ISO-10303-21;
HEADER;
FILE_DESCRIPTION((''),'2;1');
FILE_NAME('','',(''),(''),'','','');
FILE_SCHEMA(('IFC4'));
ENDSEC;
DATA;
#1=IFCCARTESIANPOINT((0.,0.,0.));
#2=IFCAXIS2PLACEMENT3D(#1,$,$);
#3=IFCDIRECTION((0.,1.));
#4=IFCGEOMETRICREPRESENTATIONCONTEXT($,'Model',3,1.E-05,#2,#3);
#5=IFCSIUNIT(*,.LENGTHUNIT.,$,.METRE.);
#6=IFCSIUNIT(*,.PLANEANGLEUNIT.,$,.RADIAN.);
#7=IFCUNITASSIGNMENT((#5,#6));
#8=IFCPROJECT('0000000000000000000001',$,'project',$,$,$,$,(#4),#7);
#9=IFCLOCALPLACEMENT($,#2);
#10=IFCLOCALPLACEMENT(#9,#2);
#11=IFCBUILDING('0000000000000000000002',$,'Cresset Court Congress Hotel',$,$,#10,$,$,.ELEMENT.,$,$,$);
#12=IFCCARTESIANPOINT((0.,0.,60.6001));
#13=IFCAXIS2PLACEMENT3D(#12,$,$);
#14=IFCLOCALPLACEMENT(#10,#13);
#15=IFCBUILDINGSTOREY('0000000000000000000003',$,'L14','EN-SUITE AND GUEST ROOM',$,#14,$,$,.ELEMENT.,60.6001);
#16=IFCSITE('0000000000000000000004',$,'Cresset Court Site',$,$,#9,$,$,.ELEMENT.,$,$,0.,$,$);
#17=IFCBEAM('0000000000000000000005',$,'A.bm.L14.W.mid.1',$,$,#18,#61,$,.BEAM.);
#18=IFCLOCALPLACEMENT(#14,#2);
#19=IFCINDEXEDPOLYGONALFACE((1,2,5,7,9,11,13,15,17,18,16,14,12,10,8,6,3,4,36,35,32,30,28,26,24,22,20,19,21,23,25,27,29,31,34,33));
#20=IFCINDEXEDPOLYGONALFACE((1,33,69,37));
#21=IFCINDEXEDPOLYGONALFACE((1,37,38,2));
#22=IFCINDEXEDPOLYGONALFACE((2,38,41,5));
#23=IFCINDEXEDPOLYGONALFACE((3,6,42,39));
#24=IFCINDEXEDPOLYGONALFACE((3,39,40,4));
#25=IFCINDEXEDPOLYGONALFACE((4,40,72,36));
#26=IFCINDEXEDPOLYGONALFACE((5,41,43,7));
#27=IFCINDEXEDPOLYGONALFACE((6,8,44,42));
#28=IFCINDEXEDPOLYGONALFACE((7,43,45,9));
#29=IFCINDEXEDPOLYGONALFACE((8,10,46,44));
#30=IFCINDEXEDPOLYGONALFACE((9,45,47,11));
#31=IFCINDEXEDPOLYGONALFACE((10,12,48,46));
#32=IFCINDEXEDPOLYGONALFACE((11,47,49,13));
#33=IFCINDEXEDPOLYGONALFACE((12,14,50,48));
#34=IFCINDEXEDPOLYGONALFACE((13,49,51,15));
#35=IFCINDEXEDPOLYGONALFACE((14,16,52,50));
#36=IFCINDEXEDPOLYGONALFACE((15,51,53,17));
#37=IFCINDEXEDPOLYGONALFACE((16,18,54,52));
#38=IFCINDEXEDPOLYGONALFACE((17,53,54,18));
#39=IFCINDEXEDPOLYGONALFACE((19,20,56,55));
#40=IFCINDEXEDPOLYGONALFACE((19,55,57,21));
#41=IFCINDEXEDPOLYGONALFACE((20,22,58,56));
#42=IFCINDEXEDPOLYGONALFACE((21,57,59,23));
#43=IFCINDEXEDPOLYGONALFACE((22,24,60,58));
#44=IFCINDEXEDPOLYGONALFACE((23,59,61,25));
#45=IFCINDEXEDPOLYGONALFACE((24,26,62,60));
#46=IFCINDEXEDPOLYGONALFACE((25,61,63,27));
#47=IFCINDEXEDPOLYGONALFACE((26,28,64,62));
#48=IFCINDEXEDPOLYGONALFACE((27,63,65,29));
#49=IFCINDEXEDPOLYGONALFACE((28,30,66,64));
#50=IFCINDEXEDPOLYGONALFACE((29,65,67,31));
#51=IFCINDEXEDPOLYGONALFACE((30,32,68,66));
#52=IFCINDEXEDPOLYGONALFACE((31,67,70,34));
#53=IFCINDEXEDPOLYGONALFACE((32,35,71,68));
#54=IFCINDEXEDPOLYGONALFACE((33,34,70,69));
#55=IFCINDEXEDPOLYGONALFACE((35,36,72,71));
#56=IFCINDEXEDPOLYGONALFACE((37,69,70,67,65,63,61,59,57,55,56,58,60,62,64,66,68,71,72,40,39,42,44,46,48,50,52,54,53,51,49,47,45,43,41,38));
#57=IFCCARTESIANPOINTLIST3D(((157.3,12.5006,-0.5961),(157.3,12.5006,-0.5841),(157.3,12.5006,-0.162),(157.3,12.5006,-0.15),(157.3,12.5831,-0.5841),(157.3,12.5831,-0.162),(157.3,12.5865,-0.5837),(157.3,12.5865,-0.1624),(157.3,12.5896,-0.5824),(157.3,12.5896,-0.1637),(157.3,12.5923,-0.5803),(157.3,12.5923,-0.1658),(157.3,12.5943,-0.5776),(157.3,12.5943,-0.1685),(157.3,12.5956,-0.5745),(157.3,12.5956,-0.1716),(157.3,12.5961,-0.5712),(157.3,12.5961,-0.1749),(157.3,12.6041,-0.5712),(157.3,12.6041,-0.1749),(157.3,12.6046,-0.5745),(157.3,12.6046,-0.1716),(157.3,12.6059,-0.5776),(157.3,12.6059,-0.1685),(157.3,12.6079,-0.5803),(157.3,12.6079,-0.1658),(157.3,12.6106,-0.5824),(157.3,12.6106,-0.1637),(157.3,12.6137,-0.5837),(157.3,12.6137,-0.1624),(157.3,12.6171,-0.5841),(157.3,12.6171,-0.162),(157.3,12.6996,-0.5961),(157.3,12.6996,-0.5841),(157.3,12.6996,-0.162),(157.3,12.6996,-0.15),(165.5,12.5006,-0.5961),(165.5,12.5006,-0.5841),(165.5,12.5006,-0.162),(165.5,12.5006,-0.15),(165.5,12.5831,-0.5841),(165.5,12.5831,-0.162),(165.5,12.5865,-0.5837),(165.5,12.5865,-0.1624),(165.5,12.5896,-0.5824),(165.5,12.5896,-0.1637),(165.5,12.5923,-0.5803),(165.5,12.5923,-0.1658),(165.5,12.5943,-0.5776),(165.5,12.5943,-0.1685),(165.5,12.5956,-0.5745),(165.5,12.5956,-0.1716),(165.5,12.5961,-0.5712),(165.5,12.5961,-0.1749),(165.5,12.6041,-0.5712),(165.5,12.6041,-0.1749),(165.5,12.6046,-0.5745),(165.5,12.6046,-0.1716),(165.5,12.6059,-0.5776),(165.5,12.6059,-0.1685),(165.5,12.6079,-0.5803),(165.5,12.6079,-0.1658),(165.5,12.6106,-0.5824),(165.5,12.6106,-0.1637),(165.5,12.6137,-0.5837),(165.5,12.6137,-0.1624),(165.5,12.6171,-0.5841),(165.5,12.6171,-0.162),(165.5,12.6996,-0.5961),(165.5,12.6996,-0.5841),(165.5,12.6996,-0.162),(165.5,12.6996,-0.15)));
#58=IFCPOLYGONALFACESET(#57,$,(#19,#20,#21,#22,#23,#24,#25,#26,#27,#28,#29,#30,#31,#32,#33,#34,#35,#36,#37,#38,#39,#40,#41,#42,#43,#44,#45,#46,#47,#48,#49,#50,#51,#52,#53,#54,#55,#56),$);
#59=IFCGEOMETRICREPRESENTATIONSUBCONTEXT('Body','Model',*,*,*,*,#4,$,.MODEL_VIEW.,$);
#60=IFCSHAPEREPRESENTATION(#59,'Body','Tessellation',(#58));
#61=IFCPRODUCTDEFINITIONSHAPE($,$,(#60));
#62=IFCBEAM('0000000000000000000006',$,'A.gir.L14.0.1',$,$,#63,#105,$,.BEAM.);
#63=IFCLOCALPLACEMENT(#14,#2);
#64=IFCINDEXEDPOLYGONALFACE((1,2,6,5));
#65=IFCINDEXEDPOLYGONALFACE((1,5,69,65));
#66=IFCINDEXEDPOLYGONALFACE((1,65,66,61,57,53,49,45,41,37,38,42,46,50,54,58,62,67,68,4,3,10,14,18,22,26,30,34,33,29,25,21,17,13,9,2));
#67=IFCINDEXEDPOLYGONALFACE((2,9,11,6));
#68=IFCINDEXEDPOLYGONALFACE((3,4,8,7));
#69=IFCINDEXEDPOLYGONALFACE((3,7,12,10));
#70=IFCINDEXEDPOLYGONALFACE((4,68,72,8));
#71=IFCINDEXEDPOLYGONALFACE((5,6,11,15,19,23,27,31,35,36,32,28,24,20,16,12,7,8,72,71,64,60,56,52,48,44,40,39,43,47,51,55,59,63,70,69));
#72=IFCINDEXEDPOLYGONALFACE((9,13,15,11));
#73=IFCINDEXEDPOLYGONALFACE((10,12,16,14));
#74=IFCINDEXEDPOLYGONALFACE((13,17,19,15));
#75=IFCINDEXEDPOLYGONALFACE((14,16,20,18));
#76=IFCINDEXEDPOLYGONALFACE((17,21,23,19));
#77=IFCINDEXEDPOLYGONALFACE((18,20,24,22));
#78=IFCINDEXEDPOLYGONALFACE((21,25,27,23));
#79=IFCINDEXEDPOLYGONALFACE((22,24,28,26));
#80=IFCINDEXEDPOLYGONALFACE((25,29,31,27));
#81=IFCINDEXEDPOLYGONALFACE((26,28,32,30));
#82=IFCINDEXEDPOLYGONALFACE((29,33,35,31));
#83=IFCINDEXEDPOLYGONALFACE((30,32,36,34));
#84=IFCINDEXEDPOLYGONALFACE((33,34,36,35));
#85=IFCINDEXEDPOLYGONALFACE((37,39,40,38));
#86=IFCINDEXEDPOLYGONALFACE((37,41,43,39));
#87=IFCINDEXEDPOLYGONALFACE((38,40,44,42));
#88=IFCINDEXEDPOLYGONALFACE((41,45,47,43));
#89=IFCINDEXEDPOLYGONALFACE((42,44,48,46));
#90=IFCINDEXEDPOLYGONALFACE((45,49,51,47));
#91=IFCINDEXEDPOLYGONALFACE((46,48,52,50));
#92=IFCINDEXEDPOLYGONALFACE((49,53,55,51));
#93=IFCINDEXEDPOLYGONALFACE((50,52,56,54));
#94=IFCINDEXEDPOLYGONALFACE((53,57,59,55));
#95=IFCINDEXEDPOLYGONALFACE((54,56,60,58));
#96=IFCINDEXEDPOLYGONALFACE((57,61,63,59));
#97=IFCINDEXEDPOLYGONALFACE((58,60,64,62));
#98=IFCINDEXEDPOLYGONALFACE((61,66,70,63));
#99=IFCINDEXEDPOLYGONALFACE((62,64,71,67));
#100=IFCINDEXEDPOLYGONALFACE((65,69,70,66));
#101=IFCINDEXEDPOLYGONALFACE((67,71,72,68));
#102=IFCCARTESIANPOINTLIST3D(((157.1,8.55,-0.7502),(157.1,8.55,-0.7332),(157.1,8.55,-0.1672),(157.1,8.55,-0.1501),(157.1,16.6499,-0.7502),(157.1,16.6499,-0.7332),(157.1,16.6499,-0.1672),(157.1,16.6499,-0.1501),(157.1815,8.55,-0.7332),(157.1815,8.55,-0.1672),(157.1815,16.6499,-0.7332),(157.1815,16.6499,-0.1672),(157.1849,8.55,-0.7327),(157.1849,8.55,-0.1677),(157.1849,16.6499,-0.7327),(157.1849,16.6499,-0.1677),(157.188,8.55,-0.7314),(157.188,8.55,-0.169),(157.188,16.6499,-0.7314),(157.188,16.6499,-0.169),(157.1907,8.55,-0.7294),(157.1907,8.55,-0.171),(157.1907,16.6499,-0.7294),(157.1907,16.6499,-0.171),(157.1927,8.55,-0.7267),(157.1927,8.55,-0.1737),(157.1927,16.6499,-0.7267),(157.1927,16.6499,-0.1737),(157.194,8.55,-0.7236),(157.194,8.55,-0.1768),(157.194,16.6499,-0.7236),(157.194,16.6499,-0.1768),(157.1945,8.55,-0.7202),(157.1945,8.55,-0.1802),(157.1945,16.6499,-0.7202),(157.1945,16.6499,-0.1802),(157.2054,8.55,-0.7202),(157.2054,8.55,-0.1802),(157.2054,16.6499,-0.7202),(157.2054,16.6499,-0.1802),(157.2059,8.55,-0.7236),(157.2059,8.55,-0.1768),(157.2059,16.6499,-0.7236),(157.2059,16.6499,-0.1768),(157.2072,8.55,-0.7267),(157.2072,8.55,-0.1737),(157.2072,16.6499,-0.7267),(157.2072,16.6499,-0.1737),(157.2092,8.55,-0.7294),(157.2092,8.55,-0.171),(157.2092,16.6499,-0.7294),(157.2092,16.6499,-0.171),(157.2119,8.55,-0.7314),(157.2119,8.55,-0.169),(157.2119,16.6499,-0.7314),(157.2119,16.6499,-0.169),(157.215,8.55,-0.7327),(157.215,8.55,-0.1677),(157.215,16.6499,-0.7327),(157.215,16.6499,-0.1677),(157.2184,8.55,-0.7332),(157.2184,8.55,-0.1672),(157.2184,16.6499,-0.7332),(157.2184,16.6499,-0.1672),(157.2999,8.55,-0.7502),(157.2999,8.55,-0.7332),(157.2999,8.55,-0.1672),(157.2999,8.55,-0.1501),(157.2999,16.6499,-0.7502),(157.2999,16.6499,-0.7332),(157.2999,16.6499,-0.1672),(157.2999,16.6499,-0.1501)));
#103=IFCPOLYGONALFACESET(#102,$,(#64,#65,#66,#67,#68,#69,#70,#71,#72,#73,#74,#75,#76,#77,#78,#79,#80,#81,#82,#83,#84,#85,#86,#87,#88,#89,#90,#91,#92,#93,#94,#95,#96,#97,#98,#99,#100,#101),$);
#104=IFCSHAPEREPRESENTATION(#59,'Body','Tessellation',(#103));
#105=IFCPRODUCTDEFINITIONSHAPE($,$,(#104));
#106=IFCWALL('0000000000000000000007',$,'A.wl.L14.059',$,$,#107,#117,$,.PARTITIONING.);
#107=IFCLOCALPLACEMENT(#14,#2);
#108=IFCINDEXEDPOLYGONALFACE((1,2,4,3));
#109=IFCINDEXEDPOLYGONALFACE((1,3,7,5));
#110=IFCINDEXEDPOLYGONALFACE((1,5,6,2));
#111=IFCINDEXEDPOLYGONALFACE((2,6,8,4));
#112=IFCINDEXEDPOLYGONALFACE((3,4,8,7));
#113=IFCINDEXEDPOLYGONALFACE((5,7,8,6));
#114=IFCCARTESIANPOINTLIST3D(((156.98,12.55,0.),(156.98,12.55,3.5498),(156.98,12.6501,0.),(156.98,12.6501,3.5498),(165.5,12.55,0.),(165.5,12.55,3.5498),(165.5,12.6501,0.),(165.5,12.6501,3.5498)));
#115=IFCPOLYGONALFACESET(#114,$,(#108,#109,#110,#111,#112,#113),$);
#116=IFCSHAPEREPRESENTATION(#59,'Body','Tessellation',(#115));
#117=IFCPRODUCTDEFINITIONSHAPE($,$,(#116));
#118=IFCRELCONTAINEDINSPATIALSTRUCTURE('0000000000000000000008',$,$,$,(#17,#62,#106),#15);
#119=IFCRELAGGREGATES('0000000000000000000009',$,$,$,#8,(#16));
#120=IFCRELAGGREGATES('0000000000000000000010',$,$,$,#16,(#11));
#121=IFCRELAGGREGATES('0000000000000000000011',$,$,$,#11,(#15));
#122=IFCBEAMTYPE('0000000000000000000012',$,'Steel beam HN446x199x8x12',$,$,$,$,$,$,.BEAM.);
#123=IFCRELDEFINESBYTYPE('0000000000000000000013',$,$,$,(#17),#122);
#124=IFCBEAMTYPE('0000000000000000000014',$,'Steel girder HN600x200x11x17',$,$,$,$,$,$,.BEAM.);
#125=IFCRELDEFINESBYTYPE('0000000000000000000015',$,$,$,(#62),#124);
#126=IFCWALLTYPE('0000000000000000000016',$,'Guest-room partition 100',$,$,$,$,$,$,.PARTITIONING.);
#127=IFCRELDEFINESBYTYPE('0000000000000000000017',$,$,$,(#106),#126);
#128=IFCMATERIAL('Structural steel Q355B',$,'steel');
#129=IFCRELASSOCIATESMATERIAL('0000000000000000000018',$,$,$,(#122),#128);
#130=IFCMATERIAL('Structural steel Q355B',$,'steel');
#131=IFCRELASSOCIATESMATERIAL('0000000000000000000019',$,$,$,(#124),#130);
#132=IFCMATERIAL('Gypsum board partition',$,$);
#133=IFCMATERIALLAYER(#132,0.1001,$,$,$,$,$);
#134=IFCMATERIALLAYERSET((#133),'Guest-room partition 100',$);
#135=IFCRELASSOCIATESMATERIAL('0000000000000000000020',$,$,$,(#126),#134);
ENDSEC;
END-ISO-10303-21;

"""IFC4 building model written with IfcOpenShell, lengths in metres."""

from ifc_helpers import new_model, si_unit, direction, frame, frame_2d, origin, origin_2d, place, context, subcontext, project, spatial, rectangle, i_section, extrude, material, layer, layer_set, material_profile, profile_set, type_object, element, save


model = new_model("IFC4")

# Units and contexts
model_context = context("Model", 3, precision=1e-05, world=origin(), true_north=direction((0.0, 1.0)))
body_context = subcontext(model_context, "Body", "Model", "MODEL_VIEW")
ifc_project = project(units=[si_unit("LENGTHUNIT", "METRE"), si_unit("PLANEANGLEUNIT", "RADIAN")], contexts=[model_context])

# Site, building, storey
site_placement = place(None, origin())
site = spatial("IfcSite", under=ifc_project, at=site_placement, Name="Cresset Court Site", CompositionType="ELEMENT", RefElevation=0.0)
building_placement = place(site_placement, origin())
building = spatial("IfcBuilding", under=site, at=building_placement, Name="Cresset Court Congress Hotel", CompositionType="ELEMENT")
storey_placement = place(building_placement, frame((0.0, 0.0, 60.6001)))
storey = spatial("IfcBuildingStorey", under=building, at=storey_placement, Name="L14", Description="EN-SUITE AND GUEST ROOM", CompositionType="ELEMENT", Elevation=60.6001)

# Beams
ifc_material_1 = material(Name="Structural steel Q355B", Category="steel")
ifc_material_profile_1 = material_profile(ifc_material_1, i_section(OverallWidth=0.199, OverallDepth=0.446, WebThickness=0.0081, FlangeThickness=0.012, FilletRadius=0.0129, at=origin_2d()), Name="HN446x199x8x12")
ifc_profile_set_1 = profile_set([ifc_material_profile_1], Name="Structural steel Q355B")
beam_type_1 = type_object("IfcBeamType", Name="Steel beam HN446x199x8x12", PredefinedType="BEAM", material=ifc_profile_set_1)
beam_1_placement = place(storey_placement, frame((157.3, 12.6001, -0.373), z_axis=(1.0, 0.0, 0.0), x_axis=(0.0, 1.0, 0.0)))
element("IfcBeam", 1, at=beam_1_placement, inside=storey, type_object=beam_type_1, Name="A.bm.L14.W.mid.1", PredefinedType="BEAM", context=body_context, shape_type="SweptSolid", body=[
    extrude(i_section(OverallWidth=0.199, OverallDepth=0.446, WebThickness=0.0081, FlangeThickness=0.012, FilletRadius=0.0129, at=origin_2d()), origin(), (0.0, 0.0, 1.0), 8.2),
])
ifc_material_2 = material(Name="Structural steel Q355B", Category="steel")
ifc_material_profile_2 = material_profile(ifc_material_2, i_section(OverallWidth=0.2, OverallDepth=0.6001, WebThickness=0.011, FlangeThickness=0.0171, FilletRadius=0.0129, at=origin_2d()), Name="HN600x200x11x17")
ifc_profile_set_2 = profile_set([ifc_material_profile_2], Name="Structural steel Q355B")
beam_type_2 = type_object("IfcBeamType", Name="Steel girder HN600x200x11x17", PredefinedType="BEAM", material=ifc_profile_set_2)
beam_2_placement = place(storey_placement, frame((157.2, 8.55, -0.4502), z_axis=(0.0, 1.0, 0.0), x_axis=(-1.0, 0.0, 0.0)))
element("IfcBeam", 2, at=beam_2_placement, inside=storey, type_object=beam_type_2, Name="A.gir.L14.0.1", PredefinedType="BEAM", context=body_context, shape_type="SweptSolid", body=[
    extrude(i_section(OverallWidth=0.2, OverallDepth=0.6001, WebThickness=0.011, FlangeThickness=0.0171, FilletRadius=0.0129, at=origin_2d()), origin(), (0.0, 0.0, 1.0), 8.0999),
])

# Wall
ifc_material_3 = material(Name="Gypsum board partition")
ifc_layer = layer(ifc_material_3, 0.1001)
ifc_layer_set = layer_set([ifc_layer], Name="Guest-room partition 100")
wall_type = type_object("IfcWallType", Name="Guest-room partition 100", PredefinedType="PARTITIONING", material=ifc_layer_set)
wall_placement = place(storey_placement, frame((156.98, 12.6001, 0.0), z_axis=(0.0, 0.0, 1.0), x_axis=(1.0, 0.0, 0.0)))
element("IfcWall", 3, at=wall_placement, inside=storey, type_object=wall_type, Name="A.wl.L14.059", PredefinedType="PARTITIONING", context=body_context, shape_type="SweptSolid", body=[
    extrude(rectangle(XDim=8.52, YDim=0.1001, at=frame_2d((4.26, 0.0))), origin(), (0.0, 0.0, 1.0), 3.5498),
])

save(model, "model.ifc")
